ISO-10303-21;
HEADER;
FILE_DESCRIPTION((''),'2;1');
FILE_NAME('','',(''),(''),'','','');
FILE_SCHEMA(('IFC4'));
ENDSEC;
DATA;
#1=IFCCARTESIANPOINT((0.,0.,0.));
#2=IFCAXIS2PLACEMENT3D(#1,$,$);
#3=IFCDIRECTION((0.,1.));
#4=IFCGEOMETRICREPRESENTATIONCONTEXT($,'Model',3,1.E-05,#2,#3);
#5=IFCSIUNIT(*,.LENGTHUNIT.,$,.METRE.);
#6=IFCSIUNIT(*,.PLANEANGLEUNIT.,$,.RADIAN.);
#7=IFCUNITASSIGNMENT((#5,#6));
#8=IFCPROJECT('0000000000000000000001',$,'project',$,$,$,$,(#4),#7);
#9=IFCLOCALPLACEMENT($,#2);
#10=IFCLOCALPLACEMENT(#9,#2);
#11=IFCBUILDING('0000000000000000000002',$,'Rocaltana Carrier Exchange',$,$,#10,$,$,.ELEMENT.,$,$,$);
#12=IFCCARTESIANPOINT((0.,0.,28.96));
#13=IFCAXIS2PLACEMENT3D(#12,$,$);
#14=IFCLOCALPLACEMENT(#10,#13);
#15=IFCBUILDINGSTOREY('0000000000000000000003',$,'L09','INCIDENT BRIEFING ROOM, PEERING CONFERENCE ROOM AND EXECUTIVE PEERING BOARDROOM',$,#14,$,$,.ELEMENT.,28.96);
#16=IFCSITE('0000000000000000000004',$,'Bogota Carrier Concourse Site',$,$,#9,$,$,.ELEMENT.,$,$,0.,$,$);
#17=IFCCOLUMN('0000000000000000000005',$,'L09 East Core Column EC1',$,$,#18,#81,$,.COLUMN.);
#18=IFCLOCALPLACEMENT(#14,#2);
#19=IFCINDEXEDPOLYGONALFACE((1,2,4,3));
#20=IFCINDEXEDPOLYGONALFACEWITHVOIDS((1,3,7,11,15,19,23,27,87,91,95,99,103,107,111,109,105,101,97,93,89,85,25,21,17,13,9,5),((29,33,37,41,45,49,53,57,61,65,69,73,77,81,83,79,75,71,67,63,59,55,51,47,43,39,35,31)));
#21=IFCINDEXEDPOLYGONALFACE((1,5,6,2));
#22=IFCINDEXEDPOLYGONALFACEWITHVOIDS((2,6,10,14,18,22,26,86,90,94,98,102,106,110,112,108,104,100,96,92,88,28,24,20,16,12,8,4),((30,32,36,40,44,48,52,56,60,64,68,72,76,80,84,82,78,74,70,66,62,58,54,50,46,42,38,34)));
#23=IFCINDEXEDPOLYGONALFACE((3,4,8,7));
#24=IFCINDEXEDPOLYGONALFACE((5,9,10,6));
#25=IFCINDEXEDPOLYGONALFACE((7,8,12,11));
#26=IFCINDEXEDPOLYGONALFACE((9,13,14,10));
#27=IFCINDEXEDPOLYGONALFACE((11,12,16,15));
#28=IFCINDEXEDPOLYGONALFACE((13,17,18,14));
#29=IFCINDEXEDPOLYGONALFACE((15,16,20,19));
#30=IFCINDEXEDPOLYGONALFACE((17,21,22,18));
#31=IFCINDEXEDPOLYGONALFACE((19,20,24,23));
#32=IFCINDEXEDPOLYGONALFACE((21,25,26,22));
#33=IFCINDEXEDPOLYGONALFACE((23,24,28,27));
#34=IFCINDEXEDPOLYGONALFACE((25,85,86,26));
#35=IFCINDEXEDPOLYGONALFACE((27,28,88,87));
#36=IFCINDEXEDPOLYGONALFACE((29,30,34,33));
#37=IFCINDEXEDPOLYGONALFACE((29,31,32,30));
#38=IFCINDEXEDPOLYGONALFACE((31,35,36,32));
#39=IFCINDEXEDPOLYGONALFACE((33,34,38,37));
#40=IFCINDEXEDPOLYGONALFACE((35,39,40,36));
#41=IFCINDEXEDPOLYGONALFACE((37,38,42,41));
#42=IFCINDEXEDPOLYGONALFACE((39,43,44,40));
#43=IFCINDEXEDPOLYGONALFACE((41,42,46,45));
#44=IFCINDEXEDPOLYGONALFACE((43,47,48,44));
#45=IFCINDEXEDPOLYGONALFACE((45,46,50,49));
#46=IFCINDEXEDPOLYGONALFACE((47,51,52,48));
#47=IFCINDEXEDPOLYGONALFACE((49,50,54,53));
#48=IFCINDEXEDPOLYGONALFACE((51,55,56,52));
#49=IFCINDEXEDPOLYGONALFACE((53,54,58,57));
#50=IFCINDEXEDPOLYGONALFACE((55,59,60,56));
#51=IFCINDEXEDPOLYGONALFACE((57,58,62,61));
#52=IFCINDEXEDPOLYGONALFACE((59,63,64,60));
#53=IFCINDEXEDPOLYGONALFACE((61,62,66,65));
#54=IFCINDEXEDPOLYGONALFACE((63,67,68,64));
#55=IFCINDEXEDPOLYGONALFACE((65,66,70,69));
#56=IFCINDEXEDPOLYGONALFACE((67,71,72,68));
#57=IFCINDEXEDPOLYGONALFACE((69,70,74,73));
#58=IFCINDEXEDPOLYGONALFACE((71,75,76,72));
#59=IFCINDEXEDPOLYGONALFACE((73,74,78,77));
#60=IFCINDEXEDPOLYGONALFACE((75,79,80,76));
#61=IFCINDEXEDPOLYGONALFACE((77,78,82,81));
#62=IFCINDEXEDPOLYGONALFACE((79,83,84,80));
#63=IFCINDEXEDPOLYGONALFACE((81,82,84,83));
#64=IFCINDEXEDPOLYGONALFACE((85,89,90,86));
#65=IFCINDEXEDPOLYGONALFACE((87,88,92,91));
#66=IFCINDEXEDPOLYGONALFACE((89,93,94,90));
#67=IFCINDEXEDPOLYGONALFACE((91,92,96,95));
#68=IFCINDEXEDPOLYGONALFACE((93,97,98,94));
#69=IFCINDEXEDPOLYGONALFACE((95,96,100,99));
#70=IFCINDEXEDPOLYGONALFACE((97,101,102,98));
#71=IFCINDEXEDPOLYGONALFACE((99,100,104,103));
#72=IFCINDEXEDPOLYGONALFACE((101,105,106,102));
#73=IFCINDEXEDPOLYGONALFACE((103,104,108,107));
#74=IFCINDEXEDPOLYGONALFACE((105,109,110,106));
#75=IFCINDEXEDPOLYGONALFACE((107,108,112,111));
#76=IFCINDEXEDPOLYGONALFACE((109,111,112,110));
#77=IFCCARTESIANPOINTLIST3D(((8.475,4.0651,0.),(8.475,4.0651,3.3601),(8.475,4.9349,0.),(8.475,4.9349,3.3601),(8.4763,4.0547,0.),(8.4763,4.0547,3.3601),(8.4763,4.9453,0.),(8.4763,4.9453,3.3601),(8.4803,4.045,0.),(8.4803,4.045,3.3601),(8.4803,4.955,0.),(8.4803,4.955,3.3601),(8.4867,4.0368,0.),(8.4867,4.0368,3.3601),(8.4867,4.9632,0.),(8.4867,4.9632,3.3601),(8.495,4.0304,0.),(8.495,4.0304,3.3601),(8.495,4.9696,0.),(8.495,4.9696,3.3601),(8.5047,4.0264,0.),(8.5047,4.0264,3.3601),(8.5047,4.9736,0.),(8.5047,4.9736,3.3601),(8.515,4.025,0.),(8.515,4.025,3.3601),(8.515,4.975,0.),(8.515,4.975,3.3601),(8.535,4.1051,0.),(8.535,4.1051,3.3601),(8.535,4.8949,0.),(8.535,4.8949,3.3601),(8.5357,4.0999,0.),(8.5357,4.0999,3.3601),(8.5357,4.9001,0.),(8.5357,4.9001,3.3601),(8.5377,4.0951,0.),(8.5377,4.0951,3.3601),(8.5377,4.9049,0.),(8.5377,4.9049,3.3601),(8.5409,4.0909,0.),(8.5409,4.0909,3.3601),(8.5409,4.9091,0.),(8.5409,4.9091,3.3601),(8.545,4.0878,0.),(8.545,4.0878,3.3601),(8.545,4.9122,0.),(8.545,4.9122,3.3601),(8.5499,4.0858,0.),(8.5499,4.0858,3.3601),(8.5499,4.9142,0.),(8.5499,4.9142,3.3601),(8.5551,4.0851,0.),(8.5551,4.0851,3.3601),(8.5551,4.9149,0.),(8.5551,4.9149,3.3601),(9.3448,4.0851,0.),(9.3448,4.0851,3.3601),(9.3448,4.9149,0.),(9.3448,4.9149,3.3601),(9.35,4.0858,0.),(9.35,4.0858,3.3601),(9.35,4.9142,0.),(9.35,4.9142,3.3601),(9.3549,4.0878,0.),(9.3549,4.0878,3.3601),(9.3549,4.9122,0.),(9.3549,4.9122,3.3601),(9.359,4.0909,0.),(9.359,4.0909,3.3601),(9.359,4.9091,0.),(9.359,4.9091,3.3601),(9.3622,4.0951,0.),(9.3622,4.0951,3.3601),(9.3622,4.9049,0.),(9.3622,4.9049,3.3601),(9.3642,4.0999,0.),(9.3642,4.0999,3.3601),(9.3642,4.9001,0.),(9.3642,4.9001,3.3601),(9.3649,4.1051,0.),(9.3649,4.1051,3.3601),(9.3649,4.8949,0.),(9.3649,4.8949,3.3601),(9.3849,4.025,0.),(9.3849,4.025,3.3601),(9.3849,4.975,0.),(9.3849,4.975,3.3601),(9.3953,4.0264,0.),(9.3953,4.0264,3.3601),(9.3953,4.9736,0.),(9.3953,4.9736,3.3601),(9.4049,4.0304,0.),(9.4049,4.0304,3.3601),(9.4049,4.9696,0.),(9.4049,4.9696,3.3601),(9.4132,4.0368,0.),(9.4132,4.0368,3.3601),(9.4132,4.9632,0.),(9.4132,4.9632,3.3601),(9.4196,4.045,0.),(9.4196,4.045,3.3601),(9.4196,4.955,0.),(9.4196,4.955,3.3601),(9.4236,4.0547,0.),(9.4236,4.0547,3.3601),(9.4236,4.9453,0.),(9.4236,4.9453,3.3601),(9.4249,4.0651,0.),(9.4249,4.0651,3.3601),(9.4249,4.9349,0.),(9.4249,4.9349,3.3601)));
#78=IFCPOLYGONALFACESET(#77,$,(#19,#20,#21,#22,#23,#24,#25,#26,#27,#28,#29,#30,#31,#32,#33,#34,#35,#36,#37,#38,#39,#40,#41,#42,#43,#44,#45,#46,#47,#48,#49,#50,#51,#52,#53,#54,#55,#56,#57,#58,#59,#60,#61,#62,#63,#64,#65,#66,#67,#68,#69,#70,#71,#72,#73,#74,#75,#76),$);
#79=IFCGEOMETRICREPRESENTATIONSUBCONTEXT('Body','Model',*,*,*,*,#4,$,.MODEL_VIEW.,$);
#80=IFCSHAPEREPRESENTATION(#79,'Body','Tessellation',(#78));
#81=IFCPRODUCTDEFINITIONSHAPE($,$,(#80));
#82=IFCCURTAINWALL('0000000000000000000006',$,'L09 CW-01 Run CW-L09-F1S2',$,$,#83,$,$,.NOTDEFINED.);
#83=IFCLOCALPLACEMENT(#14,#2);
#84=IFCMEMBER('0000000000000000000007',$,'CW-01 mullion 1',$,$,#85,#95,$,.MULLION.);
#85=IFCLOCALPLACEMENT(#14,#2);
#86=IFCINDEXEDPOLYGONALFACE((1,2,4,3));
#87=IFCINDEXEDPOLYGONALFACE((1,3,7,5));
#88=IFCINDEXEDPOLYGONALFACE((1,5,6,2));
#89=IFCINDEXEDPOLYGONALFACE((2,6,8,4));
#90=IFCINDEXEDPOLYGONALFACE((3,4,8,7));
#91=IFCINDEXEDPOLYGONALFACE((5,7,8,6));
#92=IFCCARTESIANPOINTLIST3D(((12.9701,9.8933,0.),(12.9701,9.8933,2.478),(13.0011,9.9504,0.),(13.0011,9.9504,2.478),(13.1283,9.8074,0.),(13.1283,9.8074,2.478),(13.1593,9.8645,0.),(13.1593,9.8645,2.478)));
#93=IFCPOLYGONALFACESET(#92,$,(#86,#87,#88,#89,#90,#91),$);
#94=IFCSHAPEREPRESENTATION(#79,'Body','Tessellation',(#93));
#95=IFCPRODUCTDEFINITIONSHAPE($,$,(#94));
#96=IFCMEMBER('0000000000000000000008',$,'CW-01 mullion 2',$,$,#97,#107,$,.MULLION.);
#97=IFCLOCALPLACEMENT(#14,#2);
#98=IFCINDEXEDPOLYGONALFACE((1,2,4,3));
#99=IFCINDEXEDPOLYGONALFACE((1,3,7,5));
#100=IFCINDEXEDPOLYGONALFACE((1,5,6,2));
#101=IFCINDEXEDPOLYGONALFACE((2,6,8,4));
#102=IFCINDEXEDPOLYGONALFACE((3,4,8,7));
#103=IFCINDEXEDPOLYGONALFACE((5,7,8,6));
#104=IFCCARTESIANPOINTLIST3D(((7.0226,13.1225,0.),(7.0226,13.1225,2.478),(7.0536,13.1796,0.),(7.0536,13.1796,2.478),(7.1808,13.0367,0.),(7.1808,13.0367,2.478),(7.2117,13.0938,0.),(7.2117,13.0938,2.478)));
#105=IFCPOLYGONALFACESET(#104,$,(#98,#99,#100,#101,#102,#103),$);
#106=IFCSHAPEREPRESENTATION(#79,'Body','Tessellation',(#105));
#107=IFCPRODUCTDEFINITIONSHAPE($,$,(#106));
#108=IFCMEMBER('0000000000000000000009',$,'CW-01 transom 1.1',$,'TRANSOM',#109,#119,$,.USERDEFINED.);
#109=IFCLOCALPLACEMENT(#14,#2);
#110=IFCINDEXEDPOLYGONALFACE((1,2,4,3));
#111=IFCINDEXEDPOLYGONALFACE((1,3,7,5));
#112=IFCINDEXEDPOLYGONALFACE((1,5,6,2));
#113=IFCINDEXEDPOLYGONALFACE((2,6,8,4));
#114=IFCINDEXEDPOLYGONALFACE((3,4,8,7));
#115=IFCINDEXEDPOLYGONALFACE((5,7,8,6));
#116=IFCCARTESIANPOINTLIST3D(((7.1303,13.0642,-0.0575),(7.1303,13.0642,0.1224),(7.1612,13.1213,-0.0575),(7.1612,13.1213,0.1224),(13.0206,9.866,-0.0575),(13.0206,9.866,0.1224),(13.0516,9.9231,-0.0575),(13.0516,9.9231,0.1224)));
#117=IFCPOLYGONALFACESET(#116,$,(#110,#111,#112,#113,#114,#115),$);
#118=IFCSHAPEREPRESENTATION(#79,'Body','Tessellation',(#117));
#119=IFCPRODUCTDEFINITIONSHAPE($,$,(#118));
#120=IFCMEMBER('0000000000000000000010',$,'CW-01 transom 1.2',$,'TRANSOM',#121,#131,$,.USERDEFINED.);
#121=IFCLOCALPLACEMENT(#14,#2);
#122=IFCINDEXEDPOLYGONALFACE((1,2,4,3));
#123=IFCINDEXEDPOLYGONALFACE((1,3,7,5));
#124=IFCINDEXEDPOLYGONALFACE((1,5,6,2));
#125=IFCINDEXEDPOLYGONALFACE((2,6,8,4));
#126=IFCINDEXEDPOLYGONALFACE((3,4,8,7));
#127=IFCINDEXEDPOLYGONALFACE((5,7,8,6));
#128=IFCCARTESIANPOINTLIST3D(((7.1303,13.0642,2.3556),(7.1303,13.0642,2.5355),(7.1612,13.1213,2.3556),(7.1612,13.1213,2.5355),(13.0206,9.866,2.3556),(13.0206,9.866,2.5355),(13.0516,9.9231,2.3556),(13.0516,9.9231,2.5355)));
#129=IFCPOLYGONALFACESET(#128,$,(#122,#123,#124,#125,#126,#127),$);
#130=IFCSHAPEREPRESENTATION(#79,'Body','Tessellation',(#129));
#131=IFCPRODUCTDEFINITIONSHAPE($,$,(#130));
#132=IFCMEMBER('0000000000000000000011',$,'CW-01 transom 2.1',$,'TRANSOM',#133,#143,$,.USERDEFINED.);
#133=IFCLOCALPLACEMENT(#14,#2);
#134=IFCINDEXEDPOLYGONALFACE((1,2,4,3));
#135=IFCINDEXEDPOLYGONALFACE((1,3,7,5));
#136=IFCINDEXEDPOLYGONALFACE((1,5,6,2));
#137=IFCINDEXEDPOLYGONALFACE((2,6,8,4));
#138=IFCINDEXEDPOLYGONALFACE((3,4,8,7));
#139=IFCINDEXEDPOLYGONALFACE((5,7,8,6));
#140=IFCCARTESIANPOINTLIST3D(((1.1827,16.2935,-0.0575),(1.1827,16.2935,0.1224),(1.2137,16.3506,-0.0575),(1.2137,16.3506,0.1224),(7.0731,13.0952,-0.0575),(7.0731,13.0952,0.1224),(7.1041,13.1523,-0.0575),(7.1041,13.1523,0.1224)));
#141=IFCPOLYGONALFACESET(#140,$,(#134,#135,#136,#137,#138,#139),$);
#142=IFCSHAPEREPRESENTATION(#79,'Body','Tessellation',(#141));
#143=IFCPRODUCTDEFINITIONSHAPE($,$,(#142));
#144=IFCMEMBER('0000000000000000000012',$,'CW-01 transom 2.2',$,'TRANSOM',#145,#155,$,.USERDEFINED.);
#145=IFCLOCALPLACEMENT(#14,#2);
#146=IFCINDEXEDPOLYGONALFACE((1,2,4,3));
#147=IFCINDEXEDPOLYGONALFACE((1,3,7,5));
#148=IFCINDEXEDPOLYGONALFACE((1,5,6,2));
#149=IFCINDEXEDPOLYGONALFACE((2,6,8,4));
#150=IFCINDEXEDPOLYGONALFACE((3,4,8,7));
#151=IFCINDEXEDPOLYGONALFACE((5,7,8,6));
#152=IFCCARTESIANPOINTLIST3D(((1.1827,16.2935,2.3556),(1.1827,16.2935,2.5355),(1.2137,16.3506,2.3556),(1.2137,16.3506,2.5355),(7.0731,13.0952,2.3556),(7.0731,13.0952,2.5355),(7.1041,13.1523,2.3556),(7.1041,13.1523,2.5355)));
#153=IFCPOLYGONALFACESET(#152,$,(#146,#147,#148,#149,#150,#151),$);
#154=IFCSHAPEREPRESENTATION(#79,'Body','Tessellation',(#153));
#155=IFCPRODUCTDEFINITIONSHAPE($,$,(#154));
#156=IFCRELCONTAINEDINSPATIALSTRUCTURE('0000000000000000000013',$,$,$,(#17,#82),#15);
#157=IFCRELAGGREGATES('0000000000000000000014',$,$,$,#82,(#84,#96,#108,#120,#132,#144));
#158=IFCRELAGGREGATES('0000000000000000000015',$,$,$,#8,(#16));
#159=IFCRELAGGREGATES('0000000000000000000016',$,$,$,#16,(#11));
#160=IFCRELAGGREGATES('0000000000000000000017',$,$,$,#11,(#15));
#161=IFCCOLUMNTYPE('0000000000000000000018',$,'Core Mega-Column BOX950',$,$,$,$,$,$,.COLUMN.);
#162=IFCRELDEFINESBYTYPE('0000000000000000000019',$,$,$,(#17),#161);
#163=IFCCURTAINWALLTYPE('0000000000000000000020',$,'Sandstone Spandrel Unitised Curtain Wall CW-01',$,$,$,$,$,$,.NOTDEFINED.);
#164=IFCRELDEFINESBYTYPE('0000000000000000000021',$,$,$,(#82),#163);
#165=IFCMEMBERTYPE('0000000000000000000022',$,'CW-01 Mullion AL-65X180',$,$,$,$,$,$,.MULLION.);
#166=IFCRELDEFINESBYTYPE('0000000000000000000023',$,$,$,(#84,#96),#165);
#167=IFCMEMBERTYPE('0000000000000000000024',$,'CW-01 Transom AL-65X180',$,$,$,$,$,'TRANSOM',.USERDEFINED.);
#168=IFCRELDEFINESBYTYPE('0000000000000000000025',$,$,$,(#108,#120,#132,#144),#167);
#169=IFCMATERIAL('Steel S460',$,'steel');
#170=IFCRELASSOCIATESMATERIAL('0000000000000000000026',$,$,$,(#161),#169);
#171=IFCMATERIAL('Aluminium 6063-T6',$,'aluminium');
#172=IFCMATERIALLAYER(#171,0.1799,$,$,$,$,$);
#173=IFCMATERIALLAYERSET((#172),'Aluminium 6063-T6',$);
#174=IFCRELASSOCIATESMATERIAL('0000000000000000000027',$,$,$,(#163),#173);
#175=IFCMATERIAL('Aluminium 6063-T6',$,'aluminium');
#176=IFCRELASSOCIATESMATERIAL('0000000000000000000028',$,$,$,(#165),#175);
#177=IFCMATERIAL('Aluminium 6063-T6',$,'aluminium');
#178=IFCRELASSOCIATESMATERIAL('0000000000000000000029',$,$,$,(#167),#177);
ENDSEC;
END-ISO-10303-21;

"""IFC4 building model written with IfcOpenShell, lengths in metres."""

from ifc_helpers import new_model, si_unit, direction, frame, origin, origin_2d, place, context, subcontext, project, spatial, rectangle, hollow_rectangle, extrude, material, layer, layer_set, material_profile, profile_set, type_object, element, aggregate, save


model = new_model("IFC4")

# Units and contexts
model_context = context("Model", 3, precision=1e-05, world=origin(), true_north=direction((0.0, 1.0)))
body_context = subcontext(model_context, "Body", "Model", "MODEL_VIEW")
ifc_project = project(units=[si_unit("LENGTHUNIT", "METRE"), si_unit("PLANEANGLEUNIT", "RADIAN")], contexts=[model_context])

# Site, building, storey
site_placement = place(None, origin())
site = spatial("IfcSite", under=ifc_project, at=site_placement, Name="Bogota Carrier Concourse Site", CompositionType="ELEMENT", RefElevation=0.0)
building_placement = place(site_placement, origin())
building = spatial("IfcBuilding", under=site, at=building_placement, Name="Rocaltana Carrier Exchange", CompositionType="ELEMENT")
storey_placement = place(building_placement, frame((0.0, 0.0, 28.96)))
storey = spatial("IfcBuildingStorey", under=building, at=storey_placement, Name="L09", Description="INCIDENT BRIEFING ROOM, PEERING CONFERENCE ROOM AND EXECUTIVE PEERING BOARDROOM", CompositionType="ELEMENT", Elevation=28.96)

# Column
ifc_material_1 = material(Name="Steel S460", Category="steel")
ifc_material_profile_1 = material_profile(ifc_material_1, hollow_rectangle(XDim=0.95, YDim=0.95, WallThickness=0.0601, InnerFilletRadius=0.02, OuterFilletRadius=0.04, at=origin_2d()), Name="BOX950X950X60")
ifc_profile_set_1 = profile_set([ifc_material_profile_1], Name="Steel S460")
column_type = type_object("IfcColumnType", Name="Core Mega-Column BOX950", PredefinedType="COLUMN", material=ifc_profile_set_1)
column_placement = place(storey_placement, frame((8.95, 4.5, 0.0), z_axis=(0.0, 0.0, 1.0), x_axis=(1.0, 0.0, 0.0)))
element("IfcColumn", 1, at=column_placement, inside=storey, type_object=column_type, Name="L09 East Core Column EC1", PredefinedType="COLUMN", context=body_context, shape_type="SweptSolid", body=[
    extrude(hollow_rectangle(XDim=0.95, YDim=0.95, WallThickness=0.0601, InnerFilletRadius=0.02, OuterFilletRadius=0.04, at=origin_2d()), origin(), (0.0, 0.0, 1.0), 3.3601),
])

# Curtain wall, members
ifc_material_2 = material(Name="Aluminium 6063-T6", Category="aluminium")
ifc_layer_1 = layer(ifc_material_2, 0.1799)
ifc_layer_set_1 = layer_set([ifc_layer_1], Name="Aluminium 6063-T6")
curtain_wall_type = type_object("IfcCurtainWallType", Name="Sandstone Spandrel Unitised Curtain Wall CW-01", PredefinedType="NOTDEFINED", material=ifc_layer_set_1)
curtain_wall_placement = place(storey_placement, origin())
curtain_wall = element("IfcCurtainWall", 2, at=curtain_wall_placement, inside=storey, type_object=curtain_wall_type, Name="L09 CW-01 Run CW-L09-F1S2", PredefinedType="NOTDEFINED")
ifc_material_3 = material(Name="Aluminium 6063-T6", Category="aluminium")
ifc_material_profile_2 = material_profile(ifc_material_3, rectangle(XDim=0.0649, YDim=0.1799, at=origin_2d()), Name="AL-65X180")
ifc_profile_set_2 = profile_set([ifc_material_profile_2], Name="Aluminium 6063-T6")
member_type_1 = type_object("IfcMemberType", Name="CW-01 Mullion AL-65X180", PredefinedType="MULLION", material=ifc_profile_set_2)
member_1_placement = place(storey_placement, frame((13.0647, 9.8789, 0.0), z_axis=(0.0, 0.0, 1.0), x_axis=(-0.477164, -0.878814, 0.0)))
member_1 = element("IfcMember", 3, at=member_1_placement, type_object=member_type_1, Name="CW-01 mullion 1", PredefinedType="MULLION", context=body_context, shape_type="SweptSolid", body=[
    extrude(rectangle(XDim=0.0649, YDim=0.1799, at=origin_2d()), origin(), (0.0, 0.0, 1.0), 2.478),
])
member_2_placement = place(storey_placement, frame((7.1172, 13.1082, 0.0), z_axis=(0.0, 0.0, 1.0), x_axis=(-0.477164, -0.878814, 0.0)))
member_2 = element("IfcMember", 4, at=member_2_placement, type_object=member_type_1, Name="CW-01 mullion 2", PredefinedType="MULLION", context=body_context, shape_type="SweptSolid", body=[
    extrude(rectangle(XDim=0.0649, YDim=0.1799, at=origin_2d()), origin(), (0.0, 0.0, 1.0), 2.478),
])
ifc_material_4 = material(Name="Aluminium 6063-T6", Category="aluminium")
ifc_material_profile_3 = material_profile(ifc_material_4, rectangle(XDim=0.0649, YDim=0.1799, at=origin_2d()), Name="AL-65X180")
ifc_profile_set_3 = profile_set([ifc_material_profile_3], Name="Aluminium 6063-T6")
member_type_2 = type_object("IfcMemberType", Name="CW-01 Transom AL-65X180", ElementType="TRANSOM", PredefinedType="USERDEFINED", material=ifc_profile_set_3)
member_3_placement = place(storey_placement, frame((13.0361, 9.8945, 0.0325), z_axis=(-0.878815, 0.477162, 0.0), x_axis=(-0.477162, -0.878815, 0.0)))
member_3 = element("IfcMember", 5, at=member_3_placement, type_object=member_type_2, Name="CW-01 transom 1.1", ObjectType="TRANSOM", PredefinedType="USERDEFINED", context=body_context, shape_type="SweptSolid", body=[
    extrude(rectangle(XDim=0.0649, YDim=0.1799, at=origin_2d()), origin(), (0.0, 0.0, 1.0), 6.7026),
])
member_4_placement = place(storey_placement, frame((13.0361, 9.8945, 2.4456), z_axis=(-0.878815, 0.477162, 0.0), x_axis=(-0.477162, -0.878815, 0.0)))
member_4 = element("IfcMember", 6, at=member_4_placement, type_object=member_type_2, Name="CW-01 transom 1.2", ObjectType="TRANSOM", PredefinedType="USERDEFINED", context=body_context, shape_type="SweptSolid", body=[
    extrude(rectangle(XDim=0.0649, YDim=0.1799, at=origin_2d()), origin(), (0.0, 0.0, 1.0), 6.7026),
])
member_5_placement = place(storey_placement, frame((7.0886, 13.1238, 0.0325), z_axis=(-0.878815, 0.477162, 0.0), x_axis=(-0.477162, -0.878815, 0.0)))
member_5 = element("IfcMember", 7, at=member_5_placement, type_object=member_type_2, Name="CW-01 transom 2.1", ObjectType="TRANSOM", PredefinedType="USERDEFINED", context=body_context, shape_type="SweptSolid", body=[
    extrude(rectangle(XDim=0.0649, YDim=0.1799, at=origin_2d()), origin(), (0.0, 0.0, 1.0), 6.7026),
])
member_6_placement = place(storey_placement, frame((7.0886, 13.1238, 2.4456), z_axis=(-0.878815, 0.477162, 0.0), x_axis=(-0.477162, -0.878815, 0.0)))
member_6 = element("IfcMember", 8, at=member_6_placement, type_object=member_type_2, Name="CW-01 transom 2.2", ObjectType="TRANSOM", PredefinedType="USERDEFINED", context=body_context, shape_type="SweptSolid", body=[
    extrude(rectangle(XDim=0.0649, YDim=0.1799, at=origin_2d()), origin(), (0.0, 0.0, 1.0), 6.7026),
])

aggregate(curtain_wall, [member_1, member_2, member_3, member_4, member_5, member_6])

save(model, "model.ifc")
